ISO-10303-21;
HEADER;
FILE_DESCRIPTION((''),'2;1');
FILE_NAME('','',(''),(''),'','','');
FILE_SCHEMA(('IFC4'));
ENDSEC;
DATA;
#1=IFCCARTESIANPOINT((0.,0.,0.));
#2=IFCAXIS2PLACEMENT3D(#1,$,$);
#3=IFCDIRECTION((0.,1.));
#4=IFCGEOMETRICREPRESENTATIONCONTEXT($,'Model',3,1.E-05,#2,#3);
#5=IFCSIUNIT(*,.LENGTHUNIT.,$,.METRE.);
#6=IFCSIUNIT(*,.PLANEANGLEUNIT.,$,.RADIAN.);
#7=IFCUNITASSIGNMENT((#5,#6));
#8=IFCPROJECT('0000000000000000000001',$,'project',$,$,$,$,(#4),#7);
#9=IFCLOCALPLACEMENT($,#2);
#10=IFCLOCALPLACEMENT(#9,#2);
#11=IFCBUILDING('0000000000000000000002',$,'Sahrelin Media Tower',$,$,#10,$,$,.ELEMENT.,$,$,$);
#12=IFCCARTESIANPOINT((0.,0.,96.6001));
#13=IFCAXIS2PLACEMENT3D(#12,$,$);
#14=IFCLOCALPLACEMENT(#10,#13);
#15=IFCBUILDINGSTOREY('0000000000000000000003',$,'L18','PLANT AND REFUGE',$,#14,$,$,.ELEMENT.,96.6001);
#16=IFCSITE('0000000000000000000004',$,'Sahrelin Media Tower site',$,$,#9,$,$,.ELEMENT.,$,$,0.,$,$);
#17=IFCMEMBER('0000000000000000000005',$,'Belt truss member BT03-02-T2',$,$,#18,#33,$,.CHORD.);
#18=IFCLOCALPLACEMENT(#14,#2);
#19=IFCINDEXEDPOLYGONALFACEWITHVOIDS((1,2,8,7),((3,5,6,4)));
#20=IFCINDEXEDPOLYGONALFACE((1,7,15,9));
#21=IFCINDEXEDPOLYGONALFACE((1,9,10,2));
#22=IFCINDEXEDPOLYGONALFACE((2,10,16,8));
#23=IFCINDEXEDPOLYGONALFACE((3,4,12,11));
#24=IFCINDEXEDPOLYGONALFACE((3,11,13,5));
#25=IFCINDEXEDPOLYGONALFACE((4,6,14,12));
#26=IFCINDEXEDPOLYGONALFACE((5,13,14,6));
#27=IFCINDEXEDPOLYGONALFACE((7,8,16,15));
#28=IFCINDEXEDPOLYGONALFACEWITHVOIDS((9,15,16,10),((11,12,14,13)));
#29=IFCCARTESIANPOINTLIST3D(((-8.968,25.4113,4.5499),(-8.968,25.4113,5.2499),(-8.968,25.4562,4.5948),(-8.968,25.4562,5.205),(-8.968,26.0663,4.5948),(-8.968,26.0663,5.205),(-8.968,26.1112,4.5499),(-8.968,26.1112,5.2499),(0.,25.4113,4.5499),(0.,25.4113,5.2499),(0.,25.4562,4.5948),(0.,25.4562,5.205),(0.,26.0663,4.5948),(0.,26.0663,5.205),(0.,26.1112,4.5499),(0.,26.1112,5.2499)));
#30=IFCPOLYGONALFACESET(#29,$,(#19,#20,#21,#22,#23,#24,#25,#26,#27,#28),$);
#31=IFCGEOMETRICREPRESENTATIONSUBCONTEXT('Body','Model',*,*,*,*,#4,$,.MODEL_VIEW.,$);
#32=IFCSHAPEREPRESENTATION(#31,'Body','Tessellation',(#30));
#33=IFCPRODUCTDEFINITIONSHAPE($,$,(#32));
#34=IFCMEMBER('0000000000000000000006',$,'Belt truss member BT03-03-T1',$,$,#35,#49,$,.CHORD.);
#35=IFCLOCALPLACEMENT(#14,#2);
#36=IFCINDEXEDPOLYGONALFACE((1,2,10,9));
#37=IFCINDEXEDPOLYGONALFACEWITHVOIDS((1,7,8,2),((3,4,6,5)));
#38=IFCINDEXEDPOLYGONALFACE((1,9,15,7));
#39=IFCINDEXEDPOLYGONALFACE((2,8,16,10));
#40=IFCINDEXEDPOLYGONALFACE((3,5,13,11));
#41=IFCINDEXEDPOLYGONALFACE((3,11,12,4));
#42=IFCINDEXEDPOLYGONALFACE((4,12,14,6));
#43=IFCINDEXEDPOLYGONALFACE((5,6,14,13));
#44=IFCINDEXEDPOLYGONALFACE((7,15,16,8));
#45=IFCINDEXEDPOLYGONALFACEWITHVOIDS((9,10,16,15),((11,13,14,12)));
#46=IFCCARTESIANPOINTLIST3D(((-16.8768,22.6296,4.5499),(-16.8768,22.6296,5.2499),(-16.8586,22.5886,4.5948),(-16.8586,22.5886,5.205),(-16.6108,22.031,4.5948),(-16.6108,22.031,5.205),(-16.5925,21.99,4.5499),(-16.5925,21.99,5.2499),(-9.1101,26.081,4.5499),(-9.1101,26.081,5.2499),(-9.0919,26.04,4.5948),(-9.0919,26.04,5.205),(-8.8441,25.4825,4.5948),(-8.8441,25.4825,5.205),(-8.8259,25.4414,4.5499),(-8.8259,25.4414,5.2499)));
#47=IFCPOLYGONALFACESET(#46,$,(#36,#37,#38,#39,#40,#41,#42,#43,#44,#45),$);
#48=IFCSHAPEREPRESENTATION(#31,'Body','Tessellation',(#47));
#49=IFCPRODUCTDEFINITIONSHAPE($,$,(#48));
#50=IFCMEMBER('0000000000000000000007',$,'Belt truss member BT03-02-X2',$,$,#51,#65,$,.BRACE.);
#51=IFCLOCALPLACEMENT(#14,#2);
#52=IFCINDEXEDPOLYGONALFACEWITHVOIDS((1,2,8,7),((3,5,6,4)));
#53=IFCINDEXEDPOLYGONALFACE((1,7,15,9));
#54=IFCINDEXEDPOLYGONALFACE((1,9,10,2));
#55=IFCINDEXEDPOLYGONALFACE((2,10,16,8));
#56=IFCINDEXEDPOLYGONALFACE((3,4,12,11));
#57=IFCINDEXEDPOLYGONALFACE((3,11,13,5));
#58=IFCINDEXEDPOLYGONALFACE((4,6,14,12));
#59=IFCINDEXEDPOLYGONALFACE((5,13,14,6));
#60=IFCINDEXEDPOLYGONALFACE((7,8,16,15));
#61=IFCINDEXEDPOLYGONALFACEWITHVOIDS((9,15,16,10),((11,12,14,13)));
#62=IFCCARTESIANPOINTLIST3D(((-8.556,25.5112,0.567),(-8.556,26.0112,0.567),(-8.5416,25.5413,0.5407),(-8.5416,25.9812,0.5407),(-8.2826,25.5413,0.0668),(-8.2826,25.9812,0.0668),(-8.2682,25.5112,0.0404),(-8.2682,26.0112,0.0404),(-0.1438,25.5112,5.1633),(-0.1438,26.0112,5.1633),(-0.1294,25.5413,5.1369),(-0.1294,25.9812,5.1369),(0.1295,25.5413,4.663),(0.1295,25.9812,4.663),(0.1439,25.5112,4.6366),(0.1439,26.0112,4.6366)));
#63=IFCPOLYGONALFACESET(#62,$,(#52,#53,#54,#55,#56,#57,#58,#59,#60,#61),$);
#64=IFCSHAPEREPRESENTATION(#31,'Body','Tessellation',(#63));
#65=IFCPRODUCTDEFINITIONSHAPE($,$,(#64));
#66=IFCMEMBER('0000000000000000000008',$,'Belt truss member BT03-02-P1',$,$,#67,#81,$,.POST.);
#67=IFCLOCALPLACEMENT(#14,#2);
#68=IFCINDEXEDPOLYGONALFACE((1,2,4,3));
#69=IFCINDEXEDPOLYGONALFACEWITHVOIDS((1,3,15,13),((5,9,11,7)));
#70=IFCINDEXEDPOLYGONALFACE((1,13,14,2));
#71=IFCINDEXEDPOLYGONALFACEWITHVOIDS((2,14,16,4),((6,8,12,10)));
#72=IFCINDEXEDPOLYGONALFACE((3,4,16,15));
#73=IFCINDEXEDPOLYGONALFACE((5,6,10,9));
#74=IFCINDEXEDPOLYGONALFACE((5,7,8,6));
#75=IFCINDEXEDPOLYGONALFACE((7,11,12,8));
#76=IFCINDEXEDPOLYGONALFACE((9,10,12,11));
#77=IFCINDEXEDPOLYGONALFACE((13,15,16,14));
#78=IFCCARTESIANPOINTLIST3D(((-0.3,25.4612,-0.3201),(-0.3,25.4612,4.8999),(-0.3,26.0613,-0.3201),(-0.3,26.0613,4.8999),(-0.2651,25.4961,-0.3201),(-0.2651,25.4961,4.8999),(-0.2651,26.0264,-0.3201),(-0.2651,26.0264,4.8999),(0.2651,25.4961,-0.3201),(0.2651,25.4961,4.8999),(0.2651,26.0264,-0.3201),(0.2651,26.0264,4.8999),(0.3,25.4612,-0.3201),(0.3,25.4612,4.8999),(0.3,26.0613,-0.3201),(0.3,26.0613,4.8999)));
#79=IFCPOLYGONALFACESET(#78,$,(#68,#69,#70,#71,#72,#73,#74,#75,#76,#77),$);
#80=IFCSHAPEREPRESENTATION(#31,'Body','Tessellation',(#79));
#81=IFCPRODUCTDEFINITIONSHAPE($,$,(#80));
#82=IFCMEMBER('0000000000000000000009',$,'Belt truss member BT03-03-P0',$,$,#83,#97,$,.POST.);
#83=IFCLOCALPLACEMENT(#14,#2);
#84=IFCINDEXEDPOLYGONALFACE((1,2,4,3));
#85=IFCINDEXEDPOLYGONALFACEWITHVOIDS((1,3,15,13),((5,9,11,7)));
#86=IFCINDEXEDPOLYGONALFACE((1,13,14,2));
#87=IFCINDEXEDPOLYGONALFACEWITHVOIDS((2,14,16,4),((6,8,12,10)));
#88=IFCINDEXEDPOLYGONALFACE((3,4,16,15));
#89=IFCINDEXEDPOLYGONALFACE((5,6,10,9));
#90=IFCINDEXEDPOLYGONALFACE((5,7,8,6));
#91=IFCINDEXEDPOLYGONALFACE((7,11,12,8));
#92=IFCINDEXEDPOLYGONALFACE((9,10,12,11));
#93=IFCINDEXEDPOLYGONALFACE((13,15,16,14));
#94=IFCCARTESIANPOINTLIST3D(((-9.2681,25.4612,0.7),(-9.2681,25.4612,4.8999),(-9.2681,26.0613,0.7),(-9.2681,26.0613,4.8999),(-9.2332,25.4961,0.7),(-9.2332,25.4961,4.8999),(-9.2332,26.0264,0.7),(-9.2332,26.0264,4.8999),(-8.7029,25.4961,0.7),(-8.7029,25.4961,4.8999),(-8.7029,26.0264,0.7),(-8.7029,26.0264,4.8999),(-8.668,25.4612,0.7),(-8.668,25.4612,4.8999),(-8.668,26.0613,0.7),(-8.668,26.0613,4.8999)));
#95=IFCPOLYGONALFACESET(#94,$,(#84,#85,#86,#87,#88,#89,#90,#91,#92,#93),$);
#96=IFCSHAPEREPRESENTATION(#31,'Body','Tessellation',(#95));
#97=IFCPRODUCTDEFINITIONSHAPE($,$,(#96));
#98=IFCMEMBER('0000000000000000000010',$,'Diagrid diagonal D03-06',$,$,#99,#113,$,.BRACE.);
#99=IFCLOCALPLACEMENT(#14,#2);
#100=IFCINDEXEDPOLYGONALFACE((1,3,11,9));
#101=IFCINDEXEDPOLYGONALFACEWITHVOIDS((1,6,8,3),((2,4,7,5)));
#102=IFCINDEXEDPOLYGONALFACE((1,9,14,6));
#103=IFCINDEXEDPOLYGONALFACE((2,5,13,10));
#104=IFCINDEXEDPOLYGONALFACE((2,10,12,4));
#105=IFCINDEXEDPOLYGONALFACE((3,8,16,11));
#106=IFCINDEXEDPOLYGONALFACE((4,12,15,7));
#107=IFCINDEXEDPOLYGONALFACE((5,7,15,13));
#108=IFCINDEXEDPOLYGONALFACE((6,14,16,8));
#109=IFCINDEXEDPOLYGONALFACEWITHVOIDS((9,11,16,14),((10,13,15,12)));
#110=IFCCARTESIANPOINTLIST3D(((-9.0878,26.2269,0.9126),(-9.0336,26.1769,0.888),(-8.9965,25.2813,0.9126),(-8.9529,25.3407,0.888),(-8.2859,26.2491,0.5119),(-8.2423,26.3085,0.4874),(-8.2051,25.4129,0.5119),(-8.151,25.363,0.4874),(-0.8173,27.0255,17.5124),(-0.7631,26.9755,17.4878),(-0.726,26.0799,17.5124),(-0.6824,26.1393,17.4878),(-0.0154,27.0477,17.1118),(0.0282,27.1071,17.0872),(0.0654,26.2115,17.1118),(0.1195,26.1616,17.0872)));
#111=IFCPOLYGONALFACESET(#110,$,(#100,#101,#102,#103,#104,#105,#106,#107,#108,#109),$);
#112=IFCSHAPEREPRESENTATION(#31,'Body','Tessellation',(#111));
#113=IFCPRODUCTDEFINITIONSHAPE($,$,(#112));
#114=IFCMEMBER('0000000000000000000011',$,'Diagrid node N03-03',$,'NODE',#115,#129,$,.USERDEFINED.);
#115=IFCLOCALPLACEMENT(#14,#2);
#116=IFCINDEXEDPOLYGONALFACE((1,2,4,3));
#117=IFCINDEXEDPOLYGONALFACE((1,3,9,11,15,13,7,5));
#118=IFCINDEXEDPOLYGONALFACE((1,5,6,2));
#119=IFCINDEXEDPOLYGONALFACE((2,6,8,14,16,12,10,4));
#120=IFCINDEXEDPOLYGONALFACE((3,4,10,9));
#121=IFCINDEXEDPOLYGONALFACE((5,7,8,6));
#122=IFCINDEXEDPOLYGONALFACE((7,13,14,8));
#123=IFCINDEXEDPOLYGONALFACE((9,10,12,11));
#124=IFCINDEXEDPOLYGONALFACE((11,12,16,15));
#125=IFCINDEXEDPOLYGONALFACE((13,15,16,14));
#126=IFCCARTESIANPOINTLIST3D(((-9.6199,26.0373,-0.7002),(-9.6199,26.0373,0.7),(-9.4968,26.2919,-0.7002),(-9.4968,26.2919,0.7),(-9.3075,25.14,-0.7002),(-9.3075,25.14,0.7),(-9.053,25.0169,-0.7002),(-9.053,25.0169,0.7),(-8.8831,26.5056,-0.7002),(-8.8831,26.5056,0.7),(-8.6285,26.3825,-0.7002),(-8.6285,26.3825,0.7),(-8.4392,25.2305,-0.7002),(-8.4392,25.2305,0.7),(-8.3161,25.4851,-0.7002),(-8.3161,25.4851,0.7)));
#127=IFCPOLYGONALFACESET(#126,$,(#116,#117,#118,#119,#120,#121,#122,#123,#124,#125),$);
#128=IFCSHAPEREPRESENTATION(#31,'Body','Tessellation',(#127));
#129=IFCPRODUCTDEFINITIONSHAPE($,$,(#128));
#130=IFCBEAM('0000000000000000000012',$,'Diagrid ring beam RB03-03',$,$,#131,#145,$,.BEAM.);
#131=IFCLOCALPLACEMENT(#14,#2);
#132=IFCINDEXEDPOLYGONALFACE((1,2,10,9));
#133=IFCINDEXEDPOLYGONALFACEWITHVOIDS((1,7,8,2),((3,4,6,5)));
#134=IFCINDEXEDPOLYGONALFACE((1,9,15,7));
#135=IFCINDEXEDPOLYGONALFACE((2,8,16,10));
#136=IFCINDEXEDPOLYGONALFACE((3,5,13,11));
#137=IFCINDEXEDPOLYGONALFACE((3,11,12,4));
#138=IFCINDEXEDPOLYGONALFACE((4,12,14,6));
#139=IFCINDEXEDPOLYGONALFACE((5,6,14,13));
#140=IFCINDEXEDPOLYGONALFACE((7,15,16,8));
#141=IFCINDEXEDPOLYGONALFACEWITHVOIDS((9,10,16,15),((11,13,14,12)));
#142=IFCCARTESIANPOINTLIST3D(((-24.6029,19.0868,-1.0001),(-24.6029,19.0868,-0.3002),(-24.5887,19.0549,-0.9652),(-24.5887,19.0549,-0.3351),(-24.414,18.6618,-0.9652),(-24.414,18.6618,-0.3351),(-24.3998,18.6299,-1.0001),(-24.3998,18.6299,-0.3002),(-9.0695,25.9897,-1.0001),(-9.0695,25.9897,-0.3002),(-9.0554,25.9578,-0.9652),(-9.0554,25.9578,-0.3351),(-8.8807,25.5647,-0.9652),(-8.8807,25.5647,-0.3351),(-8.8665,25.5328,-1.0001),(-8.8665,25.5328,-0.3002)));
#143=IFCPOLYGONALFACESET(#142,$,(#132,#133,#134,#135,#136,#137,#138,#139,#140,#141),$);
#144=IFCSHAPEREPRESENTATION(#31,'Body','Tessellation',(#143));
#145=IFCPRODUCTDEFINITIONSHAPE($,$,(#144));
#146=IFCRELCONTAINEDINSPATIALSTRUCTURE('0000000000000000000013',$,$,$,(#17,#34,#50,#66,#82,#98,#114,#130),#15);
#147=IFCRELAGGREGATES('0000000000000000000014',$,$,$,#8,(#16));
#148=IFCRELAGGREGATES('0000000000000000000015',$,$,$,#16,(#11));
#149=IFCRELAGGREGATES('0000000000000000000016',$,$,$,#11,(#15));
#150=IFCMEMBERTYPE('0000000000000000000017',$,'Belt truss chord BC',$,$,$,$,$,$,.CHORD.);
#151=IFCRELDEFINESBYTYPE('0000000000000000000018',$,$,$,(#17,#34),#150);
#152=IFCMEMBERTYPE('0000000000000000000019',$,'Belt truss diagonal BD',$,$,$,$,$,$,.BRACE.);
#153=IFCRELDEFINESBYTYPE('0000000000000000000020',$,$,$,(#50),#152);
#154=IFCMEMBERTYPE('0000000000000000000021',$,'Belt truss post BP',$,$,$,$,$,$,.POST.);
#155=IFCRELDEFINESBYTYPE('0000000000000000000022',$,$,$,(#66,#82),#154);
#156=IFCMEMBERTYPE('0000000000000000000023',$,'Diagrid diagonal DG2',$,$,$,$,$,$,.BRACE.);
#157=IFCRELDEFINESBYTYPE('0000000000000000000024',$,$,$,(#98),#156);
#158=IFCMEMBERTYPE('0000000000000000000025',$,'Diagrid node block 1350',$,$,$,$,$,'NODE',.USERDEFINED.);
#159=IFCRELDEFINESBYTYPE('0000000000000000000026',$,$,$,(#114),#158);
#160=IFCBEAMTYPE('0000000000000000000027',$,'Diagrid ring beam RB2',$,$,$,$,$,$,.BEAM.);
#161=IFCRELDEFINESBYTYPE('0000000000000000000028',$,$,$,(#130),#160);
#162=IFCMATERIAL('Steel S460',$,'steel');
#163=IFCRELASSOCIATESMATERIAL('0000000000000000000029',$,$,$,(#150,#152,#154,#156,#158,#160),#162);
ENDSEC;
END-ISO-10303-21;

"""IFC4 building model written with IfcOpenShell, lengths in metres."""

from ifc_helpers import new_model, si_unit, direction, frame, origin, origin_2d, place, context, subcontext, project, spatial, polyline, hollow_rectangle, outline, extrude, material, material_profile, profile_set, type_object, element, save


model = new_model("IFC4")

# Units and contexts
model_context = context("Model", 3, precision=1e-05, world=origin(), true_north=direction((0.0, 1.0)))
body_context = subcontext(model_context, "Body", "Model", "MODEL_VIEW")
ifc_project = project(units=[si_unit("LENGTHUNIT", "METRE"), si_unit("PLANEANGLEUNIT", "RADIAN")], contexts=[model_context])

# Site, building, storey
site_placement = place(None, origin())
site = spatial("IfcSite", under=ifc_project, at=site_placement, Name="Sahrelin Media Tower site", CompositionType="ELEMENT", RefElevation=0.0)
building_placement = place(site_placement, origin())
building = spatial("IfcBuilding", under=site, at=building_placement, Name="Sahrelin Media Tower", CompositionType="ELEMENT")
storey_placement = place(building_placement, frame((0.0, 0.0, 96.6001)))
storey = spatial("IfcBuildingStorey", under=building, at=storey_placement, Name="L18", Description="PLANT AND REFUGE", CompositionType="ELEMENT", Elevation=96.6001)

# Members
ifc_material_1 = material(Name="Steel S460", Category="steel")
ifc_material_profile_1 = material_profile(ifc_material_1, hollow_rectangle(XDim=0.7, YDim=0.7, WallThickness=0.0449, at=origin_2d()), Name="Belt truss chord BC")
ifc_profile_set_1 = profile_set([ifc_material_profile_1], Name="Steel S460")
member_type_1 = type_object("IfcMemberType", Name="Belt truss chord BC", PredefinedType="CHORD", material=ifc_profile_set_1)
member_1_placement = place(storey_placement, frame((0.0, 25.7612, 4.8999), z_axis=(-1.0, 0.0, 0.0), x_axis=(0.0, -1.0, 0.0)))
element("IfcMember", 1, at=member_1_placement, inside=storey, type_object=member_type_1, Name="Belt truss member BT03-02-T2", PredefinedType="CHORD", context=body_context, shape_type="SweptSolid", body=[
    extrude(hollow_rectangle(XDim=0.7, YDim=0.7, WallThickness=0.0449, at=origin_2d()), origin(), (0.0, 0.0, 1.0), 8.968),
])
member_2_placement = place(storey_placement, frame((-8.968, 25.7612, 4.8999), z_axis=(-0.913829, -0.406098, 0.0), x_axis=(0.406098, -0.913829, 0.0)))
element("IfcMember", 2, at=member_2_placement, inside=storey, type_object=member_type_1, Name="Belt truss member BT03-03-T1", PredefinedType="CHORD", context=body_context, shape_type="SweptSolid", body=[
    extrude(hollow_rectangle(XDim=0.7, YDim=0.7, WallThickness=0.0449, at=origin_2d()), origin(), (0.0, 0.0, 1.0), 8.499),
])
ifc_material_profile_2 = material_profile(ifc_material_1, hollow_rectangle(XDim=0.5, YDim=0.6001, WallThickness=0.03, at=origin_2d()), Name="Belt truss diagonal BD")
ifc_profile_set_2 = profile_set([ifc_material_profile_2], Name="Steel S460")
member_type_2 = type_object("IfcMemberType", Name="Belt truss diagonal BD", PredefinedType="BRACE", material=ifc_profile_set_2)
member_3_placement = place(storey_placement, frame((-8.4121, 25.7612, 0.3037), z_axis=(0.877555, 0.0, 0.479477), x_axis=(0.0, 1.0, 0.0)))
element("IfcMember", 3, at=member_3_placement, inside=storey, type_object=member_type_2, Name="Belt truss member BT03-02-X2", PredefinedType="BRACE", context=body_context, shape_type="SweptSolid", body=[
    extrude(hollow_rectangle(XDim=0.5, YDim=0.6001, WallThickness=0.03, at=origin_2d()), origin(), (0.0, 0.0, 1.0), 9.5859),
])
ifc_material_profile_3 = material_profile(ifc_material_1, hollow_rectangle(XDim=0.6001, YDim=0.6001, WallThickness=0.0349, at=origin_2d()), Name="Belt truss post BP")
ifc_profile_set_3 = profile_set([ifc_material_profile_3], Name="Steel S460")
member_type_3 = type_object("IfcMemberType", Name="Belt truss post BP", PredefinedType="POST", material=ifc_profile_set_3)
member_4_placement = place(storey_placement, frame((0.0, 25.7612, -0.3201), z_axis=(0.0, 0.0, 1.0), x_axis=(1.0, 0.0, 0.0)))
element("IfcMember", 4, at=member_4_placement, inside=storey, type_object=member_type_3, Name="Belt truss member BT03-02-P1", PredefinedType="POST", context=body_context, shape_type="SweptSolid", body=[
    extrude(hollow_rectangle(XDim=0.6001, YDim=0.6001, WallThickness=0.0349, at=origin_2d()), origin(), (0.0, 0.0, 1.0), 5.22),
])
member_5_placement = place(storey_placement, frame((-8.968, 25.7612, 0.7), z_axis=(0.0, 0.0, 1.0), x_axis=(1.0, 0.0, 0.0)))
element("IfcMember", 5, at=member_5_placement, inside=storey, type_object=member_type_3, Name="Belt truss member BT03-03-P0", PredefinedType="POST", context=body_context, shape_type="SweptSolid", body=[
    extrude(hollow_rectangle(XDim=0.6001, YDim=0.6001, WallThickness=0.0349, at=origin_2d()), origin(), (0.0, 0.0, 1.0), 4.2),
])
ifc_material_profile_4 = material_profile(ifc_material_1, hollow_rectangle(XDim=0.95, YDim=0.95, WallThickness=0.0549, at=origin_2d()), Name="Diagrid diagonal DG2")
ifc_profile_set_4 = profile_set([ifc_material_profile_4], Name="Steel S460")
member_type_4 = type_object("IfcMemberType", Name="Diagrid diagonal DG2", PredefinedType="BRACE", material=ifc_profile_set_4)
member_6_placement = place(storey_placement, frame((-8.6194, 25.7949, 0.7), z_axis=(0.445531, 0.04302, 0.894232), x_axis=(-0.096111, 0.995371, 0.0)))
element("IfcMember", 6, at=member_6_placement, inside=storey, type_object=member_type_4, Name="Diagrid diagonal D03-06", PredefinedType="BRACE", context=body_context, shape_type="SweptSolid", body=[
    extrude(hollow_rectangle(XDim=0.95, YDim=0.95, WallThickness=0.0549, at=origin_2d()), origin(), (0.0, 0.0, 1.0), 18.5632),
])
ifc_material_profile_5 = material_profile(ifc_material_1, outline(polyline([(0.4751, -0.5249), (0.675, -0.325), (0.675, 0.325), (0.4751, 0.5249), (-0.4751, 0.5249), (-0.675, 0.325), (-0.675, -0.325), (-0.4751, -0.5249), (0.4751, -0.5249)])), Name="Diagrid node block 1350")
ifc_profile_set_5 = profile_set([ifc_material_profile_5], Name="Steel S460")
member_type_5 = type_object("IfcMemberType", Name="Diagrid node block 1350", ElementType="NODE", PredefinedType="USERDEFINED", material=ifc_profile_set_5)
member_7_placement = place(storey_placement, frame((-8.968, 25.7612, -0.7002), z_axis=(0.0, 0.0, 1.0), x_axis=(-0.328771, 0.94441, 0.0)))
element("IfcMember", 7, at=member_7_placement, inside=storey, type_object=member_type_5, Name="Diagrid node N03-03", ObjectType="NODE", PredefinedType="USERDEFINED", context=body_context, shape_type="SweptSolid", body=[
    extrude(outline(polyline([(0.4751, -0.5249), (0.675, -0.325), (0.675, 0.325), (0.4751, 0.5249), (-0.4751, 0.5249), (-0.675, 0.325), (-0.675, -0.325), (-0.4751, -0.5249), (0.4751, -0.5249)])), origin(), (0.0, 0.0, 1.0), 1.4001),
])

# Beam
ifc_material_profile_6 = material_profile(ifc_material_1, hollow_rectangle(XDim=0.5, YDim=0.7, WallThickness=0.0349, at=origin_2d()), Name="Diagrid ring beam RB2")
ifc_profile_set_6 = profile_set([ifc_material_profile_6], Name="Steel S460")
beam_type_1 = type_object("IfcBeamType", Name="Diagrid ring beam RB2", PredefinedType="BEAM", material=ifc_profile_set_6)
beam_1_placement = place(storey_placement, frame((-8.968, 25.7612, -0.6501), z_axis=(-0.913829, -0.406098, 0.0), x_axis=(0.406098, -0.913829, 0.0)))
element("IfcBeam", 8, at=beam_1_placement, inside=storey, type_object=beam_type_1, Name="Diagrid ring beam RB03-03", PredefinedType="BEAM", context=body_context, shape_type="SweptSolid", body=[
    extrude(hollow_rectangle(XDim=0.5, YDim=0.7, WallThickness=0.0349, at=origin_2d()), origin(), (0.0, 0.0, 1.0), 16.998),
])

save(model, "model.ifc")
